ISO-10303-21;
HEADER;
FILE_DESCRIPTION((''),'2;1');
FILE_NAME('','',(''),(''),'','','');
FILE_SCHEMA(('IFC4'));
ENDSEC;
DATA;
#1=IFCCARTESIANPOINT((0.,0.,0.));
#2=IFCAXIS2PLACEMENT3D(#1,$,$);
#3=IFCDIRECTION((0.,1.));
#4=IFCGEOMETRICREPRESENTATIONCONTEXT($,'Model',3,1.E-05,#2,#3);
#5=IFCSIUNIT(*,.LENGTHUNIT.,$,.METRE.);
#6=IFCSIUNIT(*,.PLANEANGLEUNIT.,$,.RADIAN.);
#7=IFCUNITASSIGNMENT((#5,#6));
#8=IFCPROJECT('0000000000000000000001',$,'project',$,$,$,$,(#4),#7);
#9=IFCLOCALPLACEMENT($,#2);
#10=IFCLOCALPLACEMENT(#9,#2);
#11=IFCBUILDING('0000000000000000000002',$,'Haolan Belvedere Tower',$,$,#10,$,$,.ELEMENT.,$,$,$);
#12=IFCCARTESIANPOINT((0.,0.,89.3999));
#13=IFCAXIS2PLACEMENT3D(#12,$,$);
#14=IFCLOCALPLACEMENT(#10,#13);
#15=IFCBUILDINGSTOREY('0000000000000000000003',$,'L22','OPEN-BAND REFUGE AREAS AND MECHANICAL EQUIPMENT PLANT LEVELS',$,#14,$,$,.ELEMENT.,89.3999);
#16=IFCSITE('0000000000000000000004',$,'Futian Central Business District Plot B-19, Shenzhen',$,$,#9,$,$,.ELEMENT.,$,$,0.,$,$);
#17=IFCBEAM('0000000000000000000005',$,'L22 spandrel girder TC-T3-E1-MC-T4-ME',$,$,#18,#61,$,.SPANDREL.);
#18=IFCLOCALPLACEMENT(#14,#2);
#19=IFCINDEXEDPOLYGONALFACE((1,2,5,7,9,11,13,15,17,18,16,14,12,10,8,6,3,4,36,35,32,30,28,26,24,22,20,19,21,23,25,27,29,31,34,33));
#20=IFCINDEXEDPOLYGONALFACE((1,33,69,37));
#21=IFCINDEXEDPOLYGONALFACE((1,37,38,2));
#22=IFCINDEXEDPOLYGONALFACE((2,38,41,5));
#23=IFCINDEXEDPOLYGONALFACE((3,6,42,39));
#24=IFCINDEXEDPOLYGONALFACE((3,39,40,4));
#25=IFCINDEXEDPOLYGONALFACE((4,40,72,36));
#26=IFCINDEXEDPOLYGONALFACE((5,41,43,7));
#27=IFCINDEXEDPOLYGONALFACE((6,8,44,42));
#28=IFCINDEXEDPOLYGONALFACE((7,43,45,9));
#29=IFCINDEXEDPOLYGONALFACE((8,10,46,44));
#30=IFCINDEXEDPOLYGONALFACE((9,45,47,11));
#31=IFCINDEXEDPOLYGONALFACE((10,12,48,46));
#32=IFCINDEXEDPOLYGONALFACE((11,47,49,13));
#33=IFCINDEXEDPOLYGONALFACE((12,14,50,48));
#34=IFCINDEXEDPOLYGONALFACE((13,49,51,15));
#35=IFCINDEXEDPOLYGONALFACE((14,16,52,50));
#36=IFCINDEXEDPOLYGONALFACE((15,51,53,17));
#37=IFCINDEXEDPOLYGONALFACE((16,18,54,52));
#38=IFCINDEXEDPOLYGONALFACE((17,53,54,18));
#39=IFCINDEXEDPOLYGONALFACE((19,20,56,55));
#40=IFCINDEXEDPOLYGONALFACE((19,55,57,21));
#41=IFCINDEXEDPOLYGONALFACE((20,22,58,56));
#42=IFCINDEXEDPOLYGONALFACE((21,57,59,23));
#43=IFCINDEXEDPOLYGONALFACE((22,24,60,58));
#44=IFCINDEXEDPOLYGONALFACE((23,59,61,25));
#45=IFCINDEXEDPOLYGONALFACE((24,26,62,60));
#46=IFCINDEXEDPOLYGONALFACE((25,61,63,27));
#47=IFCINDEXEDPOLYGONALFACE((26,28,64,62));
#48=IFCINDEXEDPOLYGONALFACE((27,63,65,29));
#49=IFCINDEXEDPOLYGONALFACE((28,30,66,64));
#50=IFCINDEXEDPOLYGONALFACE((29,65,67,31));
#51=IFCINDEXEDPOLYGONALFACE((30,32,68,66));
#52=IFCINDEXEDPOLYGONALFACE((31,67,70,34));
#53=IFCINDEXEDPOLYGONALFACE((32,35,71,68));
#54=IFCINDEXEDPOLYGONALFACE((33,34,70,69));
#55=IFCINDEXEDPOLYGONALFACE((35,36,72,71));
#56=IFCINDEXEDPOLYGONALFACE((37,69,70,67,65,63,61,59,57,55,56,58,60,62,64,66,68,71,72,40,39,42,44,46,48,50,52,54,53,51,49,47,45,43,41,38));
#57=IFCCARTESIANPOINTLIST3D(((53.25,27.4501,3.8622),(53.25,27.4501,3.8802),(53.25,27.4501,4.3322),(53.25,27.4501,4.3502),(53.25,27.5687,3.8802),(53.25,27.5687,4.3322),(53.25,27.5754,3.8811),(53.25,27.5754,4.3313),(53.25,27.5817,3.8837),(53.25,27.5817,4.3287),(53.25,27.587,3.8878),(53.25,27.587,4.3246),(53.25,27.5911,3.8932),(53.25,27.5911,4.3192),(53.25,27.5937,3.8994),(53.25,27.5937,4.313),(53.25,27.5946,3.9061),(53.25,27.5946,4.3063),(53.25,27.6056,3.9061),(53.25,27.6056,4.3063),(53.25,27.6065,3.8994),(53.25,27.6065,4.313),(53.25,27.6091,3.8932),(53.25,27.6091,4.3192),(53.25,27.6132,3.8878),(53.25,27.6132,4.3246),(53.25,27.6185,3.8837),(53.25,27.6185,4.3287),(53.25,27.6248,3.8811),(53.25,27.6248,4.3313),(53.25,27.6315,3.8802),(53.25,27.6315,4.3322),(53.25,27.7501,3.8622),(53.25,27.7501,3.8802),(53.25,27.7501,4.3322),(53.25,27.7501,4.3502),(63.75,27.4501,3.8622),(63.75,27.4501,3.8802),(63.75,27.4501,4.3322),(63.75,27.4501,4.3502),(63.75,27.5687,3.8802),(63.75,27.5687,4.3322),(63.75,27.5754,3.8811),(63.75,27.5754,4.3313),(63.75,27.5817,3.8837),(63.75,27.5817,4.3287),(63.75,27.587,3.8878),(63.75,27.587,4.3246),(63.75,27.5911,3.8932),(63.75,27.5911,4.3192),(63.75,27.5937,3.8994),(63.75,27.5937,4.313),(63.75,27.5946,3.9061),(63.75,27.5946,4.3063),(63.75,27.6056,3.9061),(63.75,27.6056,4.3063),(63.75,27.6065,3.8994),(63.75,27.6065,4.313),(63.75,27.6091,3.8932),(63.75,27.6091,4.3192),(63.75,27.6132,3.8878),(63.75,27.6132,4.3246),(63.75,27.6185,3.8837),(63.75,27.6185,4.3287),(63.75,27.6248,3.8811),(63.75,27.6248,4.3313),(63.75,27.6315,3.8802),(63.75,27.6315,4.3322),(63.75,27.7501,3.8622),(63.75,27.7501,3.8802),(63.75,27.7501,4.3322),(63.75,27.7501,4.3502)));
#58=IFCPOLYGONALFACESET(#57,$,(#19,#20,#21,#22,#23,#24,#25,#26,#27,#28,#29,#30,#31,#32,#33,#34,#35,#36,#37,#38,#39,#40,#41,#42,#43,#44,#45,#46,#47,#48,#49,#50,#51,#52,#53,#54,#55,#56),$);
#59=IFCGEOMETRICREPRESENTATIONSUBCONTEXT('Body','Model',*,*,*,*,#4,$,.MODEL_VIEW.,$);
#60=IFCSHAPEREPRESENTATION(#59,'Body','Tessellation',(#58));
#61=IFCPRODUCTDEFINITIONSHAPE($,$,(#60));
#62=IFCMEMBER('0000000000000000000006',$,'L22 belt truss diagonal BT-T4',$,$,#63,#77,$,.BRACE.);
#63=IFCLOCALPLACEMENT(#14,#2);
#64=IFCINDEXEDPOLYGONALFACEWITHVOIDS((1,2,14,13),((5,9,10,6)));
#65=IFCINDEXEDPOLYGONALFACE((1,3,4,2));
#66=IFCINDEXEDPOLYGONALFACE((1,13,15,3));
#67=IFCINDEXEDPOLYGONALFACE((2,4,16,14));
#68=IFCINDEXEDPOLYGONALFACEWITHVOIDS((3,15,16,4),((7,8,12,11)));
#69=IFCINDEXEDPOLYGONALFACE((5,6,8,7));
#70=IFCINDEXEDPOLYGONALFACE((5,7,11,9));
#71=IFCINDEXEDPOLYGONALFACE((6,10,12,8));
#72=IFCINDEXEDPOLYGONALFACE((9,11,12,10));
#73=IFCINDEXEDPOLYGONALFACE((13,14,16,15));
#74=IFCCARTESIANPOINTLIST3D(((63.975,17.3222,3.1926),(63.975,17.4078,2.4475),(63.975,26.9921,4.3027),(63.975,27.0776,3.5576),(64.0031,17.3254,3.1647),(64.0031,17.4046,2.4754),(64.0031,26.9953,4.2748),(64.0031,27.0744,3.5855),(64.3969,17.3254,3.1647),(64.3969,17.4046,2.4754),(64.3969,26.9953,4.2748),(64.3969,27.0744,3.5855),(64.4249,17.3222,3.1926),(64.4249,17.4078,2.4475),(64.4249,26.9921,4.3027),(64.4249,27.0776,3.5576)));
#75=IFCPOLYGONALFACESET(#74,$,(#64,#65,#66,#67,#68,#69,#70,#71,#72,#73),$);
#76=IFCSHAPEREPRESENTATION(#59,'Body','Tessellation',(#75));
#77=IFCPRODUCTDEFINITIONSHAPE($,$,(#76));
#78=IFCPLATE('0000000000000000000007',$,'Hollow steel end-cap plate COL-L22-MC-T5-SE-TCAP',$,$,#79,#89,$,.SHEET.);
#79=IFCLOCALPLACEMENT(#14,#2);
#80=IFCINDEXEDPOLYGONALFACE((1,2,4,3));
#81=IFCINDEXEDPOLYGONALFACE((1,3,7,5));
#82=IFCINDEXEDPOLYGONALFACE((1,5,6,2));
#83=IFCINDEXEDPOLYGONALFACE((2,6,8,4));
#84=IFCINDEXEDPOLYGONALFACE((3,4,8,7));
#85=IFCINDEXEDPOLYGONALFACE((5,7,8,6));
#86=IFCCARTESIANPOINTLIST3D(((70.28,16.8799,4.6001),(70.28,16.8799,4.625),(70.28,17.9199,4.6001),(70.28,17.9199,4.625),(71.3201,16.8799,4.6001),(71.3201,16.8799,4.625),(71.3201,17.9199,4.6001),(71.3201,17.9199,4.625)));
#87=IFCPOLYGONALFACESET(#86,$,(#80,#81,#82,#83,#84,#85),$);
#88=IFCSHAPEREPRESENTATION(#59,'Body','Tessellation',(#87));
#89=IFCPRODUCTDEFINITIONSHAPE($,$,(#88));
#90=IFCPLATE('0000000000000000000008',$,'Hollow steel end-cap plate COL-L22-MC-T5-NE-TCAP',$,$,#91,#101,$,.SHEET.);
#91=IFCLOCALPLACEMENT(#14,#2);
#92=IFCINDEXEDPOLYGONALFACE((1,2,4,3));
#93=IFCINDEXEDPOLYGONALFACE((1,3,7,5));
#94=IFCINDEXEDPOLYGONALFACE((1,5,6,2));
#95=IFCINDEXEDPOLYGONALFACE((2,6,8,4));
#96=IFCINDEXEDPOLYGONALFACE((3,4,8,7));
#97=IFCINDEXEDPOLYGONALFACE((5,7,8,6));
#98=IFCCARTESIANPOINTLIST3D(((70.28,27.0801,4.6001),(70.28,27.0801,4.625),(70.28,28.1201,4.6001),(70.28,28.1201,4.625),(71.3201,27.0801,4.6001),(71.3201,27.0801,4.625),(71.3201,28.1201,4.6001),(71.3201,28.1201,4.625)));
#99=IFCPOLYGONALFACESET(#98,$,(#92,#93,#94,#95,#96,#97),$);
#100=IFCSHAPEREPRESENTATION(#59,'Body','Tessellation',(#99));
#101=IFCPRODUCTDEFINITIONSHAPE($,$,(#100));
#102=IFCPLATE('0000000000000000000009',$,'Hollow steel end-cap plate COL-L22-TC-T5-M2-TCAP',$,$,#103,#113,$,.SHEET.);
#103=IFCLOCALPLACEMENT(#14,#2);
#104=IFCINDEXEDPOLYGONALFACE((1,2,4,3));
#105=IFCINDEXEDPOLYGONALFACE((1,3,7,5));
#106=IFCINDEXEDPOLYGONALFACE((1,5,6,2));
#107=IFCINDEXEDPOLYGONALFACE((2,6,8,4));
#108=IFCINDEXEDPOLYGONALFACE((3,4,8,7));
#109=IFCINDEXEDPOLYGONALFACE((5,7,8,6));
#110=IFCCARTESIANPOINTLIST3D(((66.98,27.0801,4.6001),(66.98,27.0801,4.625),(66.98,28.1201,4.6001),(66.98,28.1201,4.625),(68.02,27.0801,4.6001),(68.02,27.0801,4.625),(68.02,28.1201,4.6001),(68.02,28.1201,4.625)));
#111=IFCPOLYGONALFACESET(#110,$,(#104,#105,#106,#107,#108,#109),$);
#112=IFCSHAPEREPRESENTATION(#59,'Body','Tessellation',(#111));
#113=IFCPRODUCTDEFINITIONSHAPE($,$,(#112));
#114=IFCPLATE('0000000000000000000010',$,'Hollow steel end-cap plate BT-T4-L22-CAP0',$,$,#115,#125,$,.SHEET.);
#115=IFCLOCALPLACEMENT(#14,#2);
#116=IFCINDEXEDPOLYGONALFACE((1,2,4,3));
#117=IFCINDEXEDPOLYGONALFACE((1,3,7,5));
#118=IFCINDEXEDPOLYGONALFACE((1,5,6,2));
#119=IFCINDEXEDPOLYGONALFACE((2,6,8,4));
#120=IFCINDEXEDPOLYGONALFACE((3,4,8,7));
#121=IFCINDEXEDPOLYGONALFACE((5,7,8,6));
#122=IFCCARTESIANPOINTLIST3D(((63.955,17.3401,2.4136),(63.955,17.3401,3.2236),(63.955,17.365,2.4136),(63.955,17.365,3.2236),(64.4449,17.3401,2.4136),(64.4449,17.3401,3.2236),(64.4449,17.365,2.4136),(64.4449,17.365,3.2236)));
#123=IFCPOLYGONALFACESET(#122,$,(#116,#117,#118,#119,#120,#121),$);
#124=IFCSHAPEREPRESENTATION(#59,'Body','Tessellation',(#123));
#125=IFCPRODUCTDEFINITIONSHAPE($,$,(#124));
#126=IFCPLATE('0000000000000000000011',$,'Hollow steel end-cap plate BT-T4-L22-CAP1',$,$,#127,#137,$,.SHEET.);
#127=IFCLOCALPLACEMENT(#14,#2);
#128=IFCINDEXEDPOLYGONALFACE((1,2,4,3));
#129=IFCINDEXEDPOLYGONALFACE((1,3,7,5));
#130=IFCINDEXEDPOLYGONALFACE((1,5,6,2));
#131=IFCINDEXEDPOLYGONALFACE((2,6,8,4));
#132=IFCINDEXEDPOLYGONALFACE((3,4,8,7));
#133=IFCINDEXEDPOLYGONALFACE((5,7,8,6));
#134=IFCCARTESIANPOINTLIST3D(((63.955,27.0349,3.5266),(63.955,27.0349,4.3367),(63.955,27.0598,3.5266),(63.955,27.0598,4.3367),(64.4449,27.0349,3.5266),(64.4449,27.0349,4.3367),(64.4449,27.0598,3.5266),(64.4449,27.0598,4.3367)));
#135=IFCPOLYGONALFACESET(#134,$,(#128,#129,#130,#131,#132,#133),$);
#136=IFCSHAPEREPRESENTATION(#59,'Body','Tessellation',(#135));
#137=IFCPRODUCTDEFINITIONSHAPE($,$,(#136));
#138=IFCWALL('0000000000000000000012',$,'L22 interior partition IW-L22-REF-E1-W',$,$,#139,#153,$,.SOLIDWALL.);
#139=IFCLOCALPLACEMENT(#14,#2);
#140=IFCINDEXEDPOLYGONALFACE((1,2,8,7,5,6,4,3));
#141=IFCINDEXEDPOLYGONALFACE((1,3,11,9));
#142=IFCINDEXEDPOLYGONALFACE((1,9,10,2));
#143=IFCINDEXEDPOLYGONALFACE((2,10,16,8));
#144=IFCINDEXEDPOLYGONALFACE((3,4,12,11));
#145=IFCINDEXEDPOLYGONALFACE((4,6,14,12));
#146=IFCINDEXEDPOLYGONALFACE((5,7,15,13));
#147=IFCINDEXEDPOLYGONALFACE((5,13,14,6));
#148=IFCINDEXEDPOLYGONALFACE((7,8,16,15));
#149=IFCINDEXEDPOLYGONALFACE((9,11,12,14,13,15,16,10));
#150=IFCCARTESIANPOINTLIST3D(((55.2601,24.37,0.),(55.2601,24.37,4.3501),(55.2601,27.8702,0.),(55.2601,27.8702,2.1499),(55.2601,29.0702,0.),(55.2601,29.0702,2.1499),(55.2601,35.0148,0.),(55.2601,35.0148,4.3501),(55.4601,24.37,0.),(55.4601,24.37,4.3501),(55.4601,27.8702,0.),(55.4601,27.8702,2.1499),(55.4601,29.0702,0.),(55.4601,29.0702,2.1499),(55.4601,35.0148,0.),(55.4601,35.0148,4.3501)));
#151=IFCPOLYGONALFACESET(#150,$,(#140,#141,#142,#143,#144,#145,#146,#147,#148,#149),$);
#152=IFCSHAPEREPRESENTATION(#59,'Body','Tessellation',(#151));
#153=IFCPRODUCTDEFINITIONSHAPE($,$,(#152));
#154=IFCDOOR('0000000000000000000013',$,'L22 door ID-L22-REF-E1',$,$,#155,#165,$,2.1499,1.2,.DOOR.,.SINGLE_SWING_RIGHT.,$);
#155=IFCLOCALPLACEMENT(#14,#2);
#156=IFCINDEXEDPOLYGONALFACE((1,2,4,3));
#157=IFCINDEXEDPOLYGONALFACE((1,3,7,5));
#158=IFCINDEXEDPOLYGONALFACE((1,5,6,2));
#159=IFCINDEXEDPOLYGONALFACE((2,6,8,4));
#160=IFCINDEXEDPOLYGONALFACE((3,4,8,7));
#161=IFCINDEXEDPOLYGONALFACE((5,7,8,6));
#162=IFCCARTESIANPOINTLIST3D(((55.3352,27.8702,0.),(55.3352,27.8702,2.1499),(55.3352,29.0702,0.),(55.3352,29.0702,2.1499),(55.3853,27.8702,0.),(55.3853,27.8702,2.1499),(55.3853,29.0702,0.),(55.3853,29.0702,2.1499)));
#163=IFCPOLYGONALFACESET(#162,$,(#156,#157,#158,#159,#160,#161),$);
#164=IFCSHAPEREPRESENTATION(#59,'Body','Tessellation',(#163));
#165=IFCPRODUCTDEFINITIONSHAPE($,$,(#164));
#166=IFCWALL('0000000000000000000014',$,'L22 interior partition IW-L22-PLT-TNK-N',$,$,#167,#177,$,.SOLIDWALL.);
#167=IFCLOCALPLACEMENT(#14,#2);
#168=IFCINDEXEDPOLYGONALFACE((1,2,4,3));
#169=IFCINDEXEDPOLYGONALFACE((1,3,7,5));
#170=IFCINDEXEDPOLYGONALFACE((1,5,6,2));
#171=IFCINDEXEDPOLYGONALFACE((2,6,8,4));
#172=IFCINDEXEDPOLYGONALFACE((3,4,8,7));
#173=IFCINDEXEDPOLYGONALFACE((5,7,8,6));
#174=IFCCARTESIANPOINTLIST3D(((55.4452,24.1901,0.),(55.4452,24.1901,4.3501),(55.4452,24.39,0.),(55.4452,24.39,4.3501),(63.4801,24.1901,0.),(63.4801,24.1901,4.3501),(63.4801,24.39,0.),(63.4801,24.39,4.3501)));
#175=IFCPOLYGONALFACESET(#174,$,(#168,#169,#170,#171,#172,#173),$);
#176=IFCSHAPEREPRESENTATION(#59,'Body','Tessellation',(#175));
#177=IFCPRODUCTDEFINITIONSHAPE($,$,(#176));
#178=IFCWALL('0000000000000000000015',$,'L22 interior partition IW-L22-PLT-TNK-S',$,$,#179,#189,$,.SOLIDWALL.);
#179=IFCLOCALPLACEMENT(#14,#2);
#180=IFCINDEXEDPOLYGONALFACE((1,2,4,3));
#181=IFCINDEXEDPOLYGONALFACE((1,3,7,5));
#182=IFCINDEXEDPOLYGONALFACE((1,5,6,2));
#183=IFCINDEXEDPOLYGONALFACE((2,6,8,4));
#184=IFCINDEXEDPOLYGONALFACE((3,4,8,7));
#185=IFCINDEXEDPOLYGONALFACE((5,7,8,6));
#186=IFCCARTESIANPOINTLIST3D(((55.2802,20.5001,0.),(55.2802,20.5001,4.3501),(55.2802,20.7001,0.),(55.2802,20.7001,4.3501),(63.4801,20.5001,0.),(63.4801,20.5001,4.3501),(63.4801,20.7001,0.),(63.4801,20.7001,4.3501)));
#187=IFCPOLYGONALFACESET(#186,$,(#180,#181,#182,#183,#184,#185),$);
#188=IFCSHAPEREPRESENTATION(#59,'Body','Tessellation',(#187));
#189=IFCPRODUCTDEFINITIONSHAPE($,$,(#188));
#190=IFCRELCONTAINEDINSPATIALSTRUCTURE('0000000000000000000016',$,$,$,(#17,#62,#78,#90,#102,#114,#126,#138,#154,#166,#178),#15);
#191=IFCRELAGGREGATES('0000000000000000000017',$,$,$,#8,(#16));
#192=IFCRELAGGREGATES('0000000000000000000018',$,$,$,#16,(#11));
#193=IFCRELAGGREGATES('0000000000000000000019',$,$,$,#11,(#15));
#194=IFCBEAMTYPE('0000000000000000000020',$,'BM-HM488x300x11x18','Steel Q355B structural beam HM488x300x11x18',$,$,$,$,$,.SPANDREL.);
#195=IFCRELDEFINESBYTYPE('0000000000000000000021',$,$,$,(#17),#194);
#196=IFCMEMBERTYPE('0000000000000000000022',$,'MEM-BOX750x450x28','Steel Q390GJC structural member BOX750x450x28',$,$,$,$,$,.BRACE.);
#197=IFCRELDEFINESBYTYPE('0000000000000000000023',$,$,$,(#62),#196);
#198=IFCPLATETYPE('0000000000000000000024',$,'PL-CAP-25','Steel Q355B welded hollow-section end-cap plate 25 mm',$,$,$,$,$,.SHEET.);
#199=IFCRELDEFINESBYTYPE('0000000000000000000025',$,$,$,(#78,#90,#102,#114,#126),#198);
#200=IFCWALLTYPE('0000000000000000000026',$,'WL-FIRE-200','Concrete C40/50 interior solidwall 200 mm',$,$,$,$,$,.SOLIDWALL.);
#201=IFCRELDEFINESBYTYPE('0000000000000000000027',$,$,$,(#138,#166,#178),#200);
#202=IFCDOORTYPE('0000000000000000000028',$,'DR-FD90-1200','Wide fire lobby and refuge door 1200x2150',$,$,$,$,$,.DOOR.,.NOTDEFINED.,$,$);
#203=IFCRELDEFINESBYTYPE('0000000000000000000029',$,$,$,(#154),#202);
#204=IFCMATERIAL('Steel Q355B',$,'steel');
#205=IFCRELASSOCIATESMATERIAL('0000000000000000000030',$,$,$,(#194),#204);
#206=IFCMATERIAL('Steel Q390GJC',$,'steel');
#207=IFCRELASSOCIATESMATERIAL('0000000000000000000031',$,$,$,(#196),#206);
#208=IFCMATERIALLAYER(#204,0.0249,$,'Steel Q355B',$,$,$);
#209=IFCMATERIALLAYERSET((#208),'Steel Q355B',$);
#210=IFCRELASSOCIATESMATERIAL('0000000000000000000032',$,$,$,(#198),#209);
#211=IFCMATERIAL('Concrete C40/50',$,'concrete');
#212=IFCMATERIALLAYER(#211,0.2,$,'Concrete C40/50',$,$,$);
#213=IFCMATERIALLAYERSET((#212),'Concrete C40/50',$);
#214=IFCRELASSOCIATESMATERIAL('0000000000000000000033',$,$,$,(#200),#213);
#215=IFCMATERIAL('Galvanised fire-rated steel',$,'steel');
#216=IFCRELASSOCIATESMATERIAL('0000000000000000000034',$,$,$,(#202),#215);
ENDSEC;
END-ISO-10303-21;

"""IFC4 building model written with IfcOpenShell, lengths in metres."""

from ifc_helpers import new_model, si_unit, direction, frame, frame_2d, origin, origin_2d, place, context, subcontext, project, spatial, rectangle, hollow_rectangle, i_section, extrude, material, layer, layer_set, material_profile, profile_set, type_object, element, fill, save


model = new_model("IFC4")

# Units and contexts
model_context = context("Model", 3, precision=1e-05, world=origin(), true_north=direction((0.0, 1.0)))
body_context = subcontext(model_context, "Body", "Model", "MODEL_VIEW")
ifc_project = project(units=[si_unit("LENGTHUNIT", "METRE"), si_unit("PLANEANGLEUNIT", "RADIAN")], contexts=[model_context])

# Site, building, storey
site_placement = place(None, origin())
site = spatial("IfcSite", under=ifc_project, at=site_placement, Name="Futian Central Business District Plot B-19, Shenzhen", CompositionType="ELEMENT", RefElevation=0.0)
building_placement = place(site_placement, origin())
building = spatial("IfcBuilding", under=site, at=building_placement, Name="Haolan Belvedere Tower", CompositionType="ELEMENT")
storey_placement = place(building_placement, frame((0.0, 0.0, 89.3999)))
storey = spatial("IfcBuildingStorey", under=building, at=storey_placement, Name="L22", Description="OPEN-BAND REFUGE AREAS AND MECHANICAL EQUIPMENT PLANT LEVELS", CompositionType="ELEMENT", Elevation=89.3999)

# Shared definitions
ifc_material_1 = material(Name="Steel Q355B", Category="steel")

# Beam
ifc_material_profile_1 = material_profile(ifc_material_1, i_section(OverallWidth=0.3, OverallDepth=0.488, WebThickness=0.011, FlangeThickness=0.0181, FilletRadius=0.0259, at=origin_2d()), Name="Steel Q355B")
ifc_profile_set_1 = profile_set([ifc_material_profile_1], Name="Steel Q355B")
beam_type = type_object("IfcBeamType", Name="BM-HM488x300x11x18", Description="Steel Q355B structural beam HM488x300x11x18", PredefinedType="SPANDREL", material=ifc_profile_set_1)
beam_1_placement = place(storey_placement, frame((53.25, 27.6001, 4.1062), z_axis=(1.0, 0.0, 0.0), x_axis=(0.0, 1.0, 0.0)))
element("IfcBeam", 1, at=beam_1_placement, inside=storey, type_object=beam_type, Name="L22 spandrel girder TC-T3-E1-MC-T4-ME", PredefinedType="SPANDREL", context=body_context, shape_type="SweptSolid", body=[
    extrude(i_section(OverallWidth=0.3, OverallDepth=0.488, WebThickness=0.011, FlangeThickness=0.0181, FilletRadius=0.0259, at=origin_2d()), origin(), (0.0, 0.0, 1.0), 10.5),
])

# Member
ifc_material_2 = material(Name="Steel Q390GJC", Category="steel")
ifc_material_profile_2 = material_profile(ifc_material_2, hollow_rectangle(XDim=0.45, YDim=0.75, WallThickness=0.0281, at=origin_2d()), Name="Steel Q390GJC")
ifc_profile_set_2 = profile_set([ifc_material_profile_2], Name="Steel Q390GJC")
member_type = type_object("IfcMemberType", Name="MEM-BOX750x450x28", Description="Steel Q390GJC structural member BOX750x450x28", PredefinedType="BRACE", material=ifc_profile_set_2)
member_placement = place(storey_placement, frame((64.2, 17.365, 2.8201), z_axis=(0.0, 0.993475, 0.114051), x_axis=(-1.0, 0.0, 0.0)))
element("IfcMember", 2, at=member_placement, inside=storey, type_object=member_type, Name="L22 belt truss diagonal BT-T4", PredefinedType="BRACE", context=body_context, shape_type="SweptSolid", body=[
    extrude(hollow_rectangle(XDim=0.45, YDim=0.75, WallThickness=0.0281, at=origin_2d()), origin(), (0.0, 0.0, 1.0), 9.7334),
])

# Plates
ifc_layer_1 = layer(ifc_material_1, 0.0249, Name="Steel Q355B")
ifc_layer_set_1 = layer_set([ifc_layer_1], Name="Steel Q355B")
plate_type = type_object("IfcPlateType", Name="PL-CAP-25", Description="Steel Q355B welded hollow-section end-cap plate 25 mm", PredefinedType="SHEET", material=ifc_layer_set_1)
for number, where, z_axis, x_axis, name in (
    (3, (70.8, 17.3999, 4.6001), (0.0, 0.0, 1.0), (1.0, 0.0, 0.0), "Hollow steel end-cap plate COL-L22-MC-T5-SE-TCAP"),
    (4, (70.8, 27.6001, 4.6001), (0.0, 0.0, 1.0), (1.0, 0.0, 0.0), "Hollow steel end-cap plate COL-L22-MC-T5-NE-TCAP"),
    (5, (67.5, 27.6001, 4.6001), (0.0, 0.0, 1.0), (1.0, 0.0, 0.0), "Hollow steel end-cap plate COL-L22-TC-T5-M2-TCAP"),
):
    element("IfcPlate", number, at=place(storey_placement, frame(where, z_axis=z_axis, x_axis=x_axis)), inside=storey, type_object=plate_type, Name=name, PredefinedType="SHEET", context=body_context, shape_type="SweptSolid", body=[
        extrude(rectangle(XDim=1.04, YDim=1.04, at=origin_2d()), origin(), (0.0, 0.0, 1.0), 0.0249),
    ])
for number, where, z_axis, x_axis, name in (
    (6, (64.2, 17.3525, 2.4136), (0.0, 0.0, 1.0), (1.0, 0.0, 0.0), "Hollow steel end-cap plate BT-T4-L22-CAP0"),
    (7, (64.2, 27.0474, 3.5266), (0.0, 0.0, 1.0), (-1.0, 0.0, 0.0), "Hollow steel end-cap plate BT-T4-L22-CAP1"),
):
    element("IfcPlate", number, at=place(storey_placement, frame(where, z_axis=z_axis, x_axis=x_axis)), inside=storey, type_object=plate_type, Name=name, PredefinedType="SHEET", context=body_context, shape_type="SweptSolid", body=[
        extrude(rectangle(XDim=0.49, YDim=0.0249, at=origin_2d()), origin(), (0.0, 0.0, 1.0), 0.8101),
    ])

# Wall, opening, door
ifc_material_3 = material(Name="Concrete C40/50", Category="concrete")
ifc_layer_2 = layer(ifc_material_3, 0.2, Name="Concrete C40/50")
ifc_layer_set_2 = layer_set([ifc_layer_2], Name="Concrete C40/50")
wall_type_1 = type_object("IfcWallType", Name="WL-FIRE-200", Description="Concrete C40/50 interior solidwall 200 mm", PredefinedType="SOLIDWALL", material=ifc_layer_set_2)
wall_1_placement = place(storey_placement, frame((55.3601, 24.3701, 0.0), z_axis=(0.0, 0.0, 1.0), x_axis=(0.0, 1.0, 0.0)))
wall_1 = element("IfcWall", 8, at=wall_1_placement, inside=storey, type_object=wall_type_1, Name="L22 interior partition IW-L22-REF-E1-W", PredefinedType="SOLIDWALL", context=body_context, shape_type="SweptSolid", body=[
    extrude(rectangle(XDim=10.6448, YDim=0.2, at=frame_2d((5.3223, 0.0))), origin(), (0.0, 0.0, 1.0), 4.3501),
])
opening_1_placement = place(wall_1_placement, frame((3.5, 0.0, 0.0)))
opening_1 = element("IfcOpeningElement", 9, at=opening_1_placement, cuts=wall_1, PredefinedType="OPENING", context=body_context, shape_type="SweptSolid", body=[
    extrude(rectangle(XDim=1.2, YDim=2.1499, at=frame_2d((0.6001, 1.075))), frame((0.0, 0.1099, 0.0), z_axis=(0.0, -1.0, 0.0), x_axis=(1.0, 0.0, 0.0)), (0.0, 0.0, 1.0), 0.22),
])
ifc_material_4 = material(Name="Galvanised fire-rated steel", Category="steel")
door_type_1 = type_object("IfcDoorType", Name="DR-FD90-1200", Description="Wide fire lobby and refuge door 1200x2150", OperationType="NOTDEFINED", PredefinedType="DOOR", material=ifc_material_4)
door_1_placement = place(opening_1_placement, origin())
door_1 = element("IfcDoor", 10, at=door_1_placement, inside=storey, type_object=door_type_1, Name="L22 door ID-L22-REF-E1", OperationType="SINGLE_SWING_RIGHT", OverallHeight=2.1499, OverallWidth=1.2, PredefinedType="DOOR", context=body_context, shape_type="SweptSolid", body=[
    extrude(rectangle(XDim=1.2, YDim=2.1499, at=frame_2d((0.6001, 1.075))), frame((0.0, 0.0249, 0.0), z_axis=(0.0, -1.0, 0.0), x_axis=(1.0, 0.0, 0.0)), (0.0, 0.0, 1.0), 0.05),
])
fill(opening_1, door_1)

# Walls
wall_2_placement = place(storey_placement, frame((55.4451, 24.29, 0.0), z_axis=(0.0, 0.0, 1.0), x_axis=(1.0, 0.0, 0.0)))
element("IfcWall", 11, at=wall_2_placement, inside=storey, type_object=wall_type_1, Name="L22 interior partition IW-L22-PLT-TNK-N", PredefinedType="SOLIDWALL", context=body_context, shape_type="SweptSolid", body=[
    extrude(rectangle(XDim=8.0349, YDim=0.2, at=frame_2d((4.0176, 0.0))), origin(), (0.0, 0.0, 1.0), 4.3501),
])
wall_3_placement = place(storey_placement, frame((55.28, 20.6001, 0.0), z_axis=(0.0, 0.0, 1.0), x_axis=(1.0, 0.0, 0.0)))
element("IfcWall", 12, at=wall_3_placement, inside=storey, type_object=wall_type_1, Name="L22 interior partition IW-L22-PLT-TNK-S", PredefinedType="SOLIDWALL", context=body_context, shape_type="SweptSolid", body=[
    extrude(rectangle(XDim=8.2, YDim=0.2, at=frame_2d((4.1001, 0.0))), origin(), (0.0, 0.0, 1.0), 4.3501),
])

save(model, "model.ifc")
